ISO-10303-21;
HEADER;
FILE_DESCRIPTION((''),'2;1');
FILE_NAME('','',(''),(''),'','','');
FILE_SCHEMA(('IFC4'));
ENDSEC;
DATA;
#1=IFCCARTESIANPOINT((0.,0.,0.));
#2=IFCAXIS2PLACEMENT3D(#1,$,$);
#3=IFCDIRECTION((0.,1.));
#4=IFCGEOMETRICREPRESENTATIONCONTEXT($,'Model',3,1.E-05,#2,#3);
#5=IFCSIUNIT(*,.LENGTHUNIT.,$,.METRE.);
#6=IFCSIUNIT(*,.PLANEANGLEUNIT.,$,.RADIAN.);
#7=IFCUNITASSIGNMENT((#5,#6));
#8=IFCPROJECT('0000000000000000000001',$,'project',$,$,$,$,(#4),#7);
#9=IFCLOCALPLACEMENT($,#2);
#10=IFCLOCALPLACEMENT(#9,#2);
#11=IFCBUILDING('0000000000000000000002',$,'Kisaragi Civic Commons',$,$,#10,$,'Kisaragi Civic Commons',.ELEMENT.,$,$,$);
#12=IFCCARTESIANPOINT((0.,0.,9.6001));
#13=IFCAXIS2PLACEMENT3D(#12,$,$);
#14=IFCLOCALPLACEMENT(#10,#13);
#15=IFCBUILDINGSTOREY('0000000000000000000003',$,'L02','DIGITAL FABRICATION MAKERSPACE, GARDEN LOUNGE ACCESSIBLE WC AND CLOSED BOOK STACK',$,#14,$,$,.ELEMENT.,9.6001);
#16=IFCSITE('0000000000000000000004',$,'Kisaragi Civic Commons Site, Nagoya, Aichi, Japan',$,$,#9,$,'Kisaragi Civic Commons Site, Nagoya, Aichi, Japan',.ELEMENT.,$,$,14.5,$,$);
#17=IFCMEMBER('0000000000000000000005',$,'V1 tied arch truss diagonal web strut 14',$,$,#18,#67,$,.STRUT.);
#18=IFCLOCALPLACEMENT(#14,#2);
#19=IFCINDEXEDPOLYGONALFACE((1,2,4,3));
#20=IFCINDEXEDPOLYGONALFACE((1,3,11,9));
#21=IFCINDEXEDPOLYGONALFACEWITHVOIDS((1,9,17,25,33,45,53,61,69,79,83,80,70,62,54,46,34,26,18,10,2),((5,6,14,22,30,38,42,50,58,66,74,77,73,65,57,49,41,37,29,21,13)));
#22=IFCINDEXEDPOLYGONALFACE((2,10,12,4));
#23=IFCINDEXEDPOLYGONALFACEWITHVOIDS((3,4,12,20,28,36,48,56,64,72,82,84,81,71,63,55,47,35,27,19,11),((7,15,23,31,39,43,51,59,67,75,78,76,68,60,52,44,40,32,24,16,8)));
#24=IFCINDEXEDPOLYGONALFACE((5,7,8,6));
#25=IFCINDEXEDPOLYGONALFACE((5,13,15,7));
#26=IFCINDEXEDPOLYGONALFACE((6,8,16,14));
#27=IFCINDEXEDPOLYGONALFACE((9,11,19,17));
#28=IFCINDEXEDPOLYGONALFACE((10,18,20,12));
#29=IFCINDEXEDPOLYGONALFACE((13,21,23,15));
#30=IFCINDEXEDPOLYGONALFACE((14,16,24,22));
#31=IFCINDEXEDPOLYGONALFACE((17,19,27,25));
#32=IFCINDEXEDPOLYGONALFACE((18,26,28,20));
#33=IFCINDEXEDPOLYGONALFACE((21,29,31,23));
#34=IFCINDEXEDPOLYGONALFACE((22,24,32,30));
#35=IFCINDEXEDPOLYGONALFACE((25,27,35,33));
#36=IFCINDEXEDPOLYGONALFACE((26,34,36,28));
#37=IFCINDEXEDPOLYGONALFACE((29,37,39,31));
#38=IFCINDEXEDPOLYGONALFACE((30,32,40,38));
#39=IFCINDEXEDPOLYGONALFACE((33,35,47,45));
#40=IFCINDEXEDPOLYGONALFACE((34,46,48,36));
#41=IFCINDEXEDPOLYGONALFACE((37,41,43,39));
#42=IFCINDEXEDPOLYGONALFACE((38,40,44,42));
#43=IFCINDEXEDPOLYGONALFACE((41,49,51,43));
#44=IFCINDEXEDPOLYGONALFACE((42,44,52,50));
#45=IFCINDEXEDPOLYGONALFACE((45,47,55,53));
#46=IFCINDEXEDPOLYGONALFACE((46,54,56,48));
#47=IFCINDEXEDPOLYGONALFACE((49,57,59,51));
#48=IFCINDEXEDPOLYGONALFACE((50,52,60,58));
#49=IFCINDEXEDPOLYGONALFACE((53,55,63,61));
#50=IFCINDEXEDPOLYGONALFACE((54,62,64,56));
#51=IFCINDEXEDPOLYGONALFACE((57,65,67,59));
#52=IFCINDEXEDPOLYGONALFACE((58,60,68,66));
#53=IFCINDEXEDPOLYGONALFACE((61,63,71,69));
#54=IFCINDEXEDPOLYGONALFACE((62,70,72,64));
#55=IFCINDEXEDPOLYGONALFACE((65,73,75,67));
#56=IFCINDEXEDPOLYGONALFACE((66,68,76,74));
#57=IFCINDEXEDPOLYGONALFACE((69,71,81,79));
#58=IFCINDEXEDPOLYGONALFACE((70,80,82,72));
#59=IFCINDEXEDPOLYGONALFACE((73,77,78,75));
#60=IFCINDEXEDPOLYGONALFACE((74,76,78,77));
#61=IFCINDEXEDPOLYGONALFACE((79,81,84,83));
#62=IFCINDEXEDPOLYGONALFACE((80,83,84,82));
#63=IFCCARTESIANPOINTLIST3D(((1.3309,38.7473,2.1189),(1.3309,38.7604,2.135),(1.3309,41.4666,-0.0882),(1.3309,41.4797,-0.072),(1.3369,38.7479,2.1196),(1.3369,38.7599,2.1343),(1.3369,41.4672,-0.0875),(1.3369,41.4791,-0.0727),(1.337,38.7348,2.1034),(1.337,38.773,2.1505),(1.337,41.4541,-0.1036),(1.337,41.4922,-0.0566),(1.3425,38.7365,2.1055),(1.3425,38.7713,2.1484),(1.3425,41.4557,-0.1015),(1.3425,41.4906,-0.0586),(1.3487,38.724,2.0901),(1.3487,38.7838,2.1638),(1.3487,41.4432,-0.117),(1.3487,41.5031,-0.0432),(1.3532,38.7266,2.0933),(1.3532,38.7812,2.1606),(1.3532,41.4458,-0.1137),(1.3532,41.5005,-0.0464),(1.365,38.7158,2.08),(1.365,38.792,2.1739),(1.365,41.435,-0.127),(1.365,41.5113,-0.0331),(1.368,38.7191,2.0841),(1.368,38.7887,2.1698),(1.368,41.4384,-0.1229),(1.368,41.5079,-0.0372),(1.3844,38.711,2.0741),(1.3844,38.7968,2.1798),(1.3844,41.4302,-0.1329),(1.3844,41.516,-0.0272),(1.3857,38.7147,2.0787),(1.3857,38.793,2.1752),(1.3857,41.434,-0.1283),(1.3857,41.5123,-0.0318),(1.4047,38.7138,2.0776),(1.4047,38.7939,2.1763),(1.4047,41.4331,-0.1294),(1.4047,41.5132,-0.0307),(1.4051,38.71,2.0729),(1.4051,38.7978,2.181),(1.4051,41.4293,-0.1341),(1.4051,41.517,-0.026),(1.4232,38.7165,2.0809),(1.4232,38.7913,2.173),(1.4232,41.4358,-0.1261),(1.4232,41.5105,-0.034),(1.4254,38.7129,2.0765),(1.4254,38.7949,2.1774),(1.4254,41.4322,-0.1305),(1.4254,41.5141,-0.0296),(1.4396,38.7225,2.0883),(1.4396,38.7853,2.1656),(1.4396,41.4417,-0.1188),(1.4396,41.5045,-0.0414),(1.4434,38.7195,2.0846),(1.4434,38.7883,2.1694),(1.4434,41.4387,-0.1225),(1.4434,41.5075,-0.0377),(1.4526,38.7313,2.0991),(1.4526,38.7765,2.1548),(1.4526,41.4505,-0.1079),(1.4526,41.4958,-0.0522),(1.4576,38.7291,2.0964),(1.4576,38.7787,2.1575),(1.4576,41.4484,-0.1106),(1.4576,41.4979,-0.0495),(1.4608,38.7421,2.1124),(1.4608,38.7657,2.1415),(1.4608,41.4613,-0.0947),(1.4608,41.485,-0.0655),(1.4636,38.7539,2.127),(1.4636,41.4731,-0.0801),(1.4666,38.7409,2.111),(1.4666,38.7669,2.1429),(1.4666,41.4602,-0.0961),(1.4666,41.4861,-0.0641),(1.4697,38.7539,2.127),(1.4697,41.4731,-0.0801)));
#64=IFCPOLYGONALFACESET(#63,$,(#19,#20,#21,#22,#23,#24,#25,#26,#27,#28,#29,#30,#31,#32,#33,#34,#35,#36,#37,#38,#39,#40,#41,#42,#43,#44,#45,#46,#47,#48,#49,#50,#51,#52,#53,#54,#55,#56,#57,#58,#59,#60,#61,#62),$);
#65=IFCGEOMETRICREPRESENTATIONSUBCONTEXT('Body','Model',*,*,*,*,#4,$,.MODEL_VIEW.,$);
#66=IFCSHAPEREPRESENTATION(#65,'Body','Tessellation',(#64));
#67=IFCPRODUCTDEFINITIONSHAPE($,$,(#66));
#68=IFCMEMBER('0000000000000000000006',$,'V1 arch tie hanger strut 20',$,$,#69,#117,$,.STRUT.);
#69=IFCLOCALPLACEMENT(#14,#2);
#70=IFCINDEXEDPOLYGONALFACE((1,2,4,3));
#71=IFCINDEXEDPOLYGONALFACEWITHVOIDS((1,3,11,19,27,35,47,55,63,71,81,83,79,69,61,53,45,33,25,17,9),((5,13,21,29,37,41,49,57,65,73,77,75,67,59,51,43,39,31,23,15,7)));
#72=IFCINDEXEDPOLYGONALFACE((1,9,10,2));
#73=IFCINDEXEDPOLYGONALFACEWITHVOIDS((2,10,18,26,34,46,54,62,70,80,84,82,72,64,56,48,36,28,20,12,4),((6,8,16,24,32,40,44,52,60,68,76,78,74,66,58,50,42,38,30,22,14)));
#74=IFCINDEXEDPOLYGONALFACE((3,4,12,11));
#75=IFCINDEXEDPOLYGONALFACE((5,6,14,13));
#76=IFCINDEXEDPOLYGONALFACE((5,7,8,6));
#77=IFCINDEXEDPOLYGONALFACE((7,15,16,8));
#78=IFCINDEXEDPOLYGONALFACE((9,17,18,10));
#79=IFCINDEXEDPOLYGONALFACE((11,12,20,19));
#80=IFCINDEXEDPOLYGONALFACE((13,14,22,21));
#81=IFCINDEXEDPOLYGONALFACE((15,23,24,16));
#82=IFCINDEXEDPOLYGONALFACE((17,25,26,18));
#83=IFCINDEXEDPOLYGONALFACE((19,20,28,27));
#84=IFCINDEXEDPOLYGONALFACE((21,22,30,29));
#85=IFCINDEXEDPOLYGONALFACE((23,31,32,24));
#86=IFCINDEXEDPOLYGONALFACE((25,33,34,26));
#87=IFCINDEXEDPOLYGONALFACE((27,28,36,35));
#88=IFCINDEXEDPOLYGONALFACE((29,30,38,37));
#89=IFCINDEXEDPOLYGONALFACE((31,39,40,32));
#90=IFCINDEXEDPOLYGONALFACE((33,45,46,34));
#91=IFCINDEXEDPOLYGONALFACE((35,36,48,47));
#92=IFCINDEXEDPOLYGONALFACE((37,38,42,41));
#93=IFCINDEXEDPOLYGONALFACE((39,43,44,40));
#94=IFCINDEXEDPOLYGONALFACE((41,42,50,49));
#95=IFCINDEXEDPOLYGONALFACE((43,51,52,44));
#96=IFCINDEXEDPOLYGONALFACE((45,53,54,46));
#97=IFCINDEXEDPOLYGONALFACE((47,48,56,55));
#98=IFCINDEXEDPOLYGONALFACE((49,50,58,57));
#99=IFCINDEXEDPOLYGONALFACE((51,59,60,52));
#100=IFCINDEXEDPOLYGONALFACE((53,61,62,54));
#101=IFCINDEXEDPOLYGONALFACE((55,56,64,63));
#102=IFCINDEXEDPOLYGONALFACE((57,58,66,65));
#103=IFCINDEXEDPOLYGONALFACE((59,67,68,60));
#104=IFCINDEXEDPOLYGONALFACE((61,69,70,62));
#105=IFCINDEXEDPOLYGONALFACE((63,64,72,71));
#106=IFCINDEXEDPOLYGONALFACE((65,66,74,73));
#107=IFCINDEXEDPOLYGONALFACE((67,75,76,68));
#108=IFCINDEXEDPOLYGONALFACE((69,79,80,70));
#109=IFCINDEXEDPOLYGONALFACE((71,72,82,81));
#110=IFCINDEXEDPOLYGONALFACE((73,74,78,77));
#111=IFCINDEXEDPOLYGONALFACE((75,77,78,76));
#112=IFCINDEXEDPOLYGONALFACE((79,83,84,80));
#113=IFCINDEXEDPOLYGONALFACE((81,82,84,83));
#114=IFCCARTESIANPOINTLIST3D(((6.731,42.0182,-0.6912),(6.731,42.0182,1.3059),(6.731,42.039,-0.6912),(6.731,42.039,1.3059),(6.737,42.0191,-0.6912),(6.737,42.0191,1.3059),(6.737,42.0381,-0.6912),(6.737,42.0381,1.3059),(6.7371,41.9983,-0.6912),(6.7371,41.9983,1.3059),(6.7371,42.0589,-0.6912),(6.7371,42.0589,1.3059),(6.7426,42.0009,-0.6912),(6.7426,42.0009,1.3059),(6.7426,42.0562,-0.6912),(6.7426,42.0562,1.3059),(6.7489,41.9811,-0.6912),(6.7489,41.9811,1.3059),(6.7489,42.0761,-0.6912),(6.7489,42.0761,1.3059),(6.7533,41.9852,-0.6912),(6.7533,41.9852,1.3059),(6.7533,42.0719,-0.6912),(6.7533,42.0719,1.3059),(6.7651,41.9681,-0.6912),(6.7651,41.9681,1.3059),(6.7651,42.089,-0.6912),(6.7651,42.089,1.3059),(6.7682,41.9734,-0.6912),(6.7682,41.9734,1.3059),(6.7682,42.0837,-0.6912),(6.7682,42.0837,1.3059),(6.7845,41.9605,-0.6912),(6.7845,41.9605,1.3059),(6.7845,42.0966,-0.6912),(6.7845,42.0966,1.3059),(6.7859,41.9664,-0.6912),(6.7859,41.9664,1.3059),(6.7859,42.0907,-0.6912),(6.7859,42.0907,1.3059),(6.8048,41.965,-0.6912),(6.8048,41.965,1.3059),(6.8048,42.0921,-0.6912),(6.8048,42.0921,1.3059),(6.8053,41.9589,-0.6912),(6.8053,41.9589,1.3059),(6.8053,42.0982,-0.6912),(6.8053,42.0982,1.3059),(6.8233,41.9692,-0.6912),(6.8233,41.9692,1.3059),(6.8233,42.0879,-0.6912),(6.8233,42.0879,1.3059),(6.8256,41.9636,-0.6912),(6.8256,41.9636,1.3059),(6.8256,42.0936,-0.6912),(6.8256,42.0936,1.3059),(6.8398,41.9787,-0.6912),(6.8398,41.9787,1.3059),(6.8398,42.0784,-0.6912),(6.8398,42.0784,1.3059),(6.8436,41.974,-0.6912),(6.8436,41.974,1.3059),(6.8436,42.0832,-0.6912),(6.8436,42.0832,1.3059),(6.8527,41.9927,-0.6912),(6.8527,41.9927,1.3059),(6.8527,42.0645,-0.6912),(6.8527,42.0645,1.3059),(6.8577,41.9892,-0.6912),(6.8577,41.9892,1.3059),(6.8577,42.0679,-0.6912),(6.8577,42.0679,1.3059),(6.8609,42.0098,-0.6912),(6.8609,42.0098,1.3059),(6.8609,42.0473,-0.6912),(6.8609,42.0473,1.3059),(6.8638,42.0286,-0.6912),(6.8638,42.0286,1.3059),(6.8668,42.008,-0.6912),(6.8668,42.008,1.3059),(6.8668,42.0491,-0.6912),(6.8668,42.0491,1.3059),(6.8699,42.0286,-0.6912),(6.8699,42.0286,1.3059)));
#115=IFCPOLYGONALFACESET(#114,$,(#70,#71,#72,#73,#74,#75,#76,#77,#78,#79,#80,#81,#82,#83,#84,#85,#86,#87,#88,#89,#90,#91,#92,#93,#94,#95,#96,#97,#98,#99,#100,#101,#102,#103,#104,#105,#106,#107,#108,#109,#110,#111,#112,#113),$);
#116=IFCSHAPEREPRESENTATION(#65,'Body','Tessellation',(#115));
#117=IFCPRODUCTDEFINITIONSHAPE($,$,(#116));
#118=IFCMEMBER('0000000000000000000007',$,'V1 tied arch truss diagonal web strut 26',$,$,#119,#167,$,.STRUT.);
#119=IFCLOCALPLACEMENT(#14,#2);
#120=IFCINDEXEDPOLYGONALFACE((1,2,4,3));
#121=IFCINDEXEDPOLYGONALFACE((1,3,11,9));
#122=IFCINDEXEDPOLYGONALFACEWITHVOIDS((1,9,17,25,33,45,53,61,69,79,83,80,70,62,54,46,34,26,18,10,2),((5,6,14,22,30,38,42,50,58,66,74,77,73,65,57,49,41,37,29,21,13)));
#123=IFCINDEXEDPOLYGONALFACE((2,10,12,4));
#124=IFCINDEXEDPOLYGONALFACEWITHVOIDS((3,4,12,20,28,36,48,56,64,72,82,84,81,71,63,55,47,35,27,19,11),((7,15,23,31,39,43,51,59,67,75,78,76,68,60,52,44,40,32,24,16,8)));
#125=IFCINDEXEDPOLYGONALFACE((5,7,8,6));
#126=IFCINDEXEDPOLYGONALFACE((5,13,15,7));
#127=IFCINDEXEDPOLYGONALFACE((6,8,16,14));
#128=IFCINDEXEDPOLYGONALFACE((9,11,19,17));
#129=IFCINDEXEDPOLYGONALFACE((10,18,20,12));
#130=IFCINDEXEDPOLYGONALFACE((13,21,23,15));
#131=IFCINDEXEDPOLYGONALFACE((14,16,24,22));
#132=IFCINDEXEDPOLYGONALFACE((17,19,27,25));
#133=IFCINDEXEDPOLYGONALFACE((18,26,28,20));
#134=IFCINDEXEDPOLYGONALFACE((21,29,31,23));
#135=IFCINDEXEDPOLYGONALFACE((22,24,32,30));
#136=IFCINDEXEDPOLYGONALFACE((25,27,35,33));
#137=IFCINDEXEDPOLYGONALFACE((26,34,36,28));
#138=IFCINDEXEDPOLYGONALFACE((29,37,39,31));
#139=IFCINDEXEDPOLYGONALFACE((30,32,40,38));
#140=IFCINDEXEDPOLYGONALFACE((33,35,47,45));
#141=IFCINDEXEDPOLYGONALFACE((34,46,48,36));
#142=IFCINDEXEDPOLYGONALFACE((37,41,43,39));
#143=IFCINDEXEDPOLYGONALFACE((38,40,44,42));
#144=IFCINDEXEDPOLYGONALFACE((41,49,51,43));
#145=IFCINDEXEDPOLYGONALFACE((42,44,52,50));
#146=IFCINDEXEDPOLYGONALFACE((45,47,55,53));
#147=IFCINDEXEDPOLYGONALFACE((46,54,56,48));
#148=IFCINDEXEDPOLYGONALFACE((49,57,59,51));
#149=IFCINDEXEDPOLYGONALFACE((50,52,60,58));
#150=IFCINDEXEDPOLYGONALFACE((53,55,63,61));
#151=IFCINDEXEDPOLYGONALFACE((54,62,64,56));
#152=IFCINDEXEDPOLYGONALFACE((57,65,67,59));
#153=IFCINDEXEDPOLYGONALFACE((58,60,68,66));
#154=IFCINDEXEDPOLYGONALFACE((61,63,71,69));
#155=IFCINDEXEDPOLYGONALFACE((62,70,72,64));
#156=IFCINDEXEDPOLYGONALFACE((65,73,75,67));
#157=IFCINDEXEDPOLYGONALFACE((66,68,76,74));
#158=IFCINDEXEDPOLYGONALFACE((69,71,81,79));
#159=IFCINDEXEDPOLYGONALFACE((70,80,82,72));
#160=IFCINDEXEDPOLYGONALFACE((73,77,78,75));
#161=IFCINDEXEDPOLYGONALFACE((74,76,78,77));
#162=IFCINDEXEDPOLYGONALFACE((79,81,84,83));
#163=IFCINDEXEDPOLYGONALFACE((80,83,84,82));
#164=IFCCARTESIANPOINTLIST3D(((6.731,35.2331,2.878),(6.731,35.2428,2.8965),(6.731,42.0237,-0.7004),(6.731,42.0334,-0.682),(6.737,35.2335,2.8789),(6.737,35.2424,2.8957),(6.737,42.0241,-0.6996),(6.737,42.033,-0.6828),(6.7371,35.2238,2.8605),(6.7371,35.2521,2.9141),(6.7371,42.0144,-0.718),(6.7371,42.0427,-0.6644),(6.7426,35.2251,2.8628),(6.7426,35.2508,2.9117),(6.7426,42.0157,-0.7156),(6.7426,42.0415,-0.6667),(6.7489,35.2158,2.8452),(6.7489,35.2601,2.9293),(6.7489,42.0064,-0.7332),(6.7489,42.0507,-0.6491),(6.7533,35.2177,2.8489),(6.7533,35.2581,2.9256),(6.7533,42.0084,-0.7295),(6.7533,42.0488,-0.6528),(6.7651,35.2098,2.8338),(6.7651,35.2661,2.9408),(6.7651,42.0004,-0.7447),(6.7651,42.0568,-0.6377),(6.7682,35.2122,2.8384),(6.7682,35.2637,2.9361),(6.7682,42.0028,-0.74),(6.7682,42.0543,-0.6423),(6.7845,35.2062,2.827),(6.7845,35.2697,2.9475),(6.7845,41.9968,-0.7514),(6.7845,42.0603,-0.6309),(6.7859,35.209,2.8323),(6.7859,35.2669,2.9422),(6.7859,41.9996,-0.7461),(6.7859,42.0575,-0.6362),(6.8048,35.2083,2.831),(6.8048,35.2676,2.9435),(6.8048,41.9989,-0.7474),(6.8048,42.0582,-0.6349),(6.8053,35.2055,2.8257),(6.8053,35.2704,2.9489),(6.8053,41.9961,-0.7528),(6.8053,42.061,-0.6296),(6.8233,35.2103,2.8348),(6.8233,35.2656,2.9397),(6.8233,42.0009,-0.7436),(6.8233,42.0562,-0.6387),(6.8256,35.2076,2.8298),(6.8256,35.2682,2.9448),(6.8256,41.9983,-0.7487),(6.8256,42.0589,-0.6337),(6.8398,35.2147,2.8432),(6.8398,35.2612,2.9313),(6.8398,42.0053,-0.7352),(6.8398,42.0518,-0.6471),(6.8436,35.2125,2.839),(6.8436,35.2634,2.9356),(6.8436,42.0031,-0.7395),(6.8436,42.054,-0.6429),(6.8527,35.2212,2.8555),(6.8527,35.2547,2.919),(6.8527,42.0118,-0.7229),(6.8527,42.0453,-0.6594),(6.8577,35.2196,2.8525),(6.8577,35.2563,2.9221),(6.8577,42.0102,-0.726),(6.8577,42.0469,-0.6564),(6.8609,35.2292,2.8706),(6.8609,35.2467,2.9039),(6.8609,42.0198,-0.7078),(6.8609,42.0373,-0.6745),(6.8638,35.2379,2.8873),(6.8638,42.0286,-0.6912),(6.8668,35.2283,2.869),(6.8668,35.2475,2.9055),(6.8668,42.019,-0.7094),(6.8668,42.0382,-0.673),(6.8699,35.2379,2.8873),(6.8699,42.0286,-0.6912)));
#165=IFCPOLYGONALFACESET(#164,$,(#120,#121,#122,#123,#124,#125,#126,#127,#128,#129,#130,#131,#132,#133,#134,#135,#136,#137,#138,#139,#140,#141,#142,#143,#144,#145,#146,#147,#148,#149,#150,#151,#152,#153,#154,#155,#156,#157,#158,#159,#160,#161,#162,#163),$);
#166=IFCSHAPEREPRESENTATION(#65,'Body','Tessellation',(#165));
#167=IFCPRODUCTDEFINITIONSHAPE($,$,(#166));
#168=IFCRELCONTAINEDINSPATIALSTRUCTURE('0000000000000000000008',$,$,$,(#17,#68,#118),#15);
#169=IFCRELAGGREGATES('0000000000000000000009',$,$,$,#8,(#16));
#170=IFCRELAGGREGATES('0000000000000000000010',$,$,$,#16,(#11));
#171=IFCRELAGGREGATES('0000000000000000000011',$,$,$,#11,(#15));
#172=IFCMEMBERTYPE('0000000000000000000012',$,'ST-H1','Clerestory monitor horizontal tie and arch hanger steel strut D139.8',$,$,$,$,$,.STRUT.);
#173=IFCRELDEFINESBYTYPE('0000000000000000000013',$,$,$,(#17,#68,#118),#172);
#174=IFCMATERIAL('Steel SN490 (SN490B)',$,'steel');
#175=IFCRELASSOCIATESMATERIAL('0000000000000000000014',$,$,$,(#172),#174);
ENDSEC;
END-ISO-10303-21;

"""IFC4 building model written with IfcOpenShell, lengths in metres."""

from ifc_helpers import new_model, si_unit, direction, frame, origin, origin_2d, place, context, subcontext, project, spatial, hollow_circle, extrude, material, material_profile, profile_set, type_object, element, save


model = new_model("IFC4")

# Units and contexts
model_context = context("Model", 3, precision=1e-05, world=origin(), true_north=direction((0.0, 1.0)))
body_context = subcontext(model_context, "Body", "Model", "MODEL_VIEW")
ifc_project = project(units=[si_unit("LENGTHUNIT", "METRE"), si_unit("PLANEANGLEUNIT", "RADIAN")], contexts=[model_context])

# Site, building, storey
site_placement = place(None, origin())
site = spatial("IfcSite", under=ifc_project, at=site_placement, Name="Kisaragi Civic Commons Site, Nagoya, Aichi, Japan", LongName="Kisaragi Civic Commons Site, Nagoya, Aichi, Japan", CompositionType="ELEMENT", RefElevation=14.5)
building_placement = place(site_placement, origin())
building = spatial("IfcBuilding", under=site, at=building_placement, Name="Kisaragi Civic Commons", LongName="Kisaragi Civic Commons", CompositionType="ELEMENT")
storey_placement = place(building_placement, frame((0.0, 0.0, 9.6001)))
storey = spatial("IfcBuildingStorey", under=building, at=storey_placement, Name="L02", Description="DIGITAL FABRICATION MAKERSPACE, GARDEN LOUNGE ACCESSIBLE WC AND CLOSED BOOK STACK", CompositionType="ELEMENT", Elevation=9.6001)

# Members
ifc_material_1 = material(Name="Steel SN490 (SN490B)", Category="steel")
ifc_material_profile_1 = material_profile(ifc_material_1, hollow_circle(Radius=0.0698, WallThickness=0.0061, at=origin_2d()), Name="CHS-139.8x6.0", Category="steel")
ifc_profile_set_1 = profile_set([ifc_material_profile_1], Name="Steel SN490 (SN490B)")
member_type_1 = type_object("IfcMemberType", Name="ST-H1", Description="Clerestory monitor horizontal tie and arch hanger steel strut D139.8", PredefinedType="STRUT", material=ifc_profile_set_1)
member_1_placement = place(storey_placement, frame((1.3999, 41.4731, -0.0801), z_axis=(0.0, -0.776442, 0.630188), x_axis=(1.0, 0.0, 0.0)))
element("IfcMember", 1, at=member_1_placement, inside=storey, type_object=member_type_1, Name="V1 tied arch truss diagonal web strut 14", PredefinedType="STRUT", context=body_context, shape_type="SweptSolid", body=[
    extrude(hollow_circle(Radius=0.0698, WallThickness=0.0061, at=origin_2d()), origin(), (0.0, 0.0, 1.0), 3.5022),
])
member_2_placement = place(storey_placement, frame((6.8, 42.0286, -0.6912), z_axis=(0.0, 0.0, 1.0), x_axis=(1.0, 0.0, 0.0)))
element("IfcMember", 2, at=member_2_placement, inside=storey, type_object=member_type_1, Name="V1 arch tie hanger strut 20", PredefinedType="STRUT", context=body_context, shape_type="SweptSolid", body=[
    extrude(hollow_circle(Radius=0.0698, WallThickness=0.0061, at=origin_2d()), origin(), (0.0, 0.0, 1.0), 1.9971),
])
member_3_placement = place(storey_placement, frame((6.8, 42.0286, -0.6912), z_axis=(0.0, -0.884681, 0.466196), x_axis=(1.0, 0.0, 0.0)))
element("IfcMember", 3, at=member_3_placement, inside=storey, type_object=member_type_1, Name="V1 tied arch truss diagonal web strut 26", PredefinedType="STRUT", context=body_context, shape_type="SweptSolid", body=[
    extrude(hollow_circle(Radius=0.0698, WallThickness=0.0061, at=origin_2d()), origin(), (0.0, 0.0, 1.0), 7.6758),
])

save(model, "model.ifc")
